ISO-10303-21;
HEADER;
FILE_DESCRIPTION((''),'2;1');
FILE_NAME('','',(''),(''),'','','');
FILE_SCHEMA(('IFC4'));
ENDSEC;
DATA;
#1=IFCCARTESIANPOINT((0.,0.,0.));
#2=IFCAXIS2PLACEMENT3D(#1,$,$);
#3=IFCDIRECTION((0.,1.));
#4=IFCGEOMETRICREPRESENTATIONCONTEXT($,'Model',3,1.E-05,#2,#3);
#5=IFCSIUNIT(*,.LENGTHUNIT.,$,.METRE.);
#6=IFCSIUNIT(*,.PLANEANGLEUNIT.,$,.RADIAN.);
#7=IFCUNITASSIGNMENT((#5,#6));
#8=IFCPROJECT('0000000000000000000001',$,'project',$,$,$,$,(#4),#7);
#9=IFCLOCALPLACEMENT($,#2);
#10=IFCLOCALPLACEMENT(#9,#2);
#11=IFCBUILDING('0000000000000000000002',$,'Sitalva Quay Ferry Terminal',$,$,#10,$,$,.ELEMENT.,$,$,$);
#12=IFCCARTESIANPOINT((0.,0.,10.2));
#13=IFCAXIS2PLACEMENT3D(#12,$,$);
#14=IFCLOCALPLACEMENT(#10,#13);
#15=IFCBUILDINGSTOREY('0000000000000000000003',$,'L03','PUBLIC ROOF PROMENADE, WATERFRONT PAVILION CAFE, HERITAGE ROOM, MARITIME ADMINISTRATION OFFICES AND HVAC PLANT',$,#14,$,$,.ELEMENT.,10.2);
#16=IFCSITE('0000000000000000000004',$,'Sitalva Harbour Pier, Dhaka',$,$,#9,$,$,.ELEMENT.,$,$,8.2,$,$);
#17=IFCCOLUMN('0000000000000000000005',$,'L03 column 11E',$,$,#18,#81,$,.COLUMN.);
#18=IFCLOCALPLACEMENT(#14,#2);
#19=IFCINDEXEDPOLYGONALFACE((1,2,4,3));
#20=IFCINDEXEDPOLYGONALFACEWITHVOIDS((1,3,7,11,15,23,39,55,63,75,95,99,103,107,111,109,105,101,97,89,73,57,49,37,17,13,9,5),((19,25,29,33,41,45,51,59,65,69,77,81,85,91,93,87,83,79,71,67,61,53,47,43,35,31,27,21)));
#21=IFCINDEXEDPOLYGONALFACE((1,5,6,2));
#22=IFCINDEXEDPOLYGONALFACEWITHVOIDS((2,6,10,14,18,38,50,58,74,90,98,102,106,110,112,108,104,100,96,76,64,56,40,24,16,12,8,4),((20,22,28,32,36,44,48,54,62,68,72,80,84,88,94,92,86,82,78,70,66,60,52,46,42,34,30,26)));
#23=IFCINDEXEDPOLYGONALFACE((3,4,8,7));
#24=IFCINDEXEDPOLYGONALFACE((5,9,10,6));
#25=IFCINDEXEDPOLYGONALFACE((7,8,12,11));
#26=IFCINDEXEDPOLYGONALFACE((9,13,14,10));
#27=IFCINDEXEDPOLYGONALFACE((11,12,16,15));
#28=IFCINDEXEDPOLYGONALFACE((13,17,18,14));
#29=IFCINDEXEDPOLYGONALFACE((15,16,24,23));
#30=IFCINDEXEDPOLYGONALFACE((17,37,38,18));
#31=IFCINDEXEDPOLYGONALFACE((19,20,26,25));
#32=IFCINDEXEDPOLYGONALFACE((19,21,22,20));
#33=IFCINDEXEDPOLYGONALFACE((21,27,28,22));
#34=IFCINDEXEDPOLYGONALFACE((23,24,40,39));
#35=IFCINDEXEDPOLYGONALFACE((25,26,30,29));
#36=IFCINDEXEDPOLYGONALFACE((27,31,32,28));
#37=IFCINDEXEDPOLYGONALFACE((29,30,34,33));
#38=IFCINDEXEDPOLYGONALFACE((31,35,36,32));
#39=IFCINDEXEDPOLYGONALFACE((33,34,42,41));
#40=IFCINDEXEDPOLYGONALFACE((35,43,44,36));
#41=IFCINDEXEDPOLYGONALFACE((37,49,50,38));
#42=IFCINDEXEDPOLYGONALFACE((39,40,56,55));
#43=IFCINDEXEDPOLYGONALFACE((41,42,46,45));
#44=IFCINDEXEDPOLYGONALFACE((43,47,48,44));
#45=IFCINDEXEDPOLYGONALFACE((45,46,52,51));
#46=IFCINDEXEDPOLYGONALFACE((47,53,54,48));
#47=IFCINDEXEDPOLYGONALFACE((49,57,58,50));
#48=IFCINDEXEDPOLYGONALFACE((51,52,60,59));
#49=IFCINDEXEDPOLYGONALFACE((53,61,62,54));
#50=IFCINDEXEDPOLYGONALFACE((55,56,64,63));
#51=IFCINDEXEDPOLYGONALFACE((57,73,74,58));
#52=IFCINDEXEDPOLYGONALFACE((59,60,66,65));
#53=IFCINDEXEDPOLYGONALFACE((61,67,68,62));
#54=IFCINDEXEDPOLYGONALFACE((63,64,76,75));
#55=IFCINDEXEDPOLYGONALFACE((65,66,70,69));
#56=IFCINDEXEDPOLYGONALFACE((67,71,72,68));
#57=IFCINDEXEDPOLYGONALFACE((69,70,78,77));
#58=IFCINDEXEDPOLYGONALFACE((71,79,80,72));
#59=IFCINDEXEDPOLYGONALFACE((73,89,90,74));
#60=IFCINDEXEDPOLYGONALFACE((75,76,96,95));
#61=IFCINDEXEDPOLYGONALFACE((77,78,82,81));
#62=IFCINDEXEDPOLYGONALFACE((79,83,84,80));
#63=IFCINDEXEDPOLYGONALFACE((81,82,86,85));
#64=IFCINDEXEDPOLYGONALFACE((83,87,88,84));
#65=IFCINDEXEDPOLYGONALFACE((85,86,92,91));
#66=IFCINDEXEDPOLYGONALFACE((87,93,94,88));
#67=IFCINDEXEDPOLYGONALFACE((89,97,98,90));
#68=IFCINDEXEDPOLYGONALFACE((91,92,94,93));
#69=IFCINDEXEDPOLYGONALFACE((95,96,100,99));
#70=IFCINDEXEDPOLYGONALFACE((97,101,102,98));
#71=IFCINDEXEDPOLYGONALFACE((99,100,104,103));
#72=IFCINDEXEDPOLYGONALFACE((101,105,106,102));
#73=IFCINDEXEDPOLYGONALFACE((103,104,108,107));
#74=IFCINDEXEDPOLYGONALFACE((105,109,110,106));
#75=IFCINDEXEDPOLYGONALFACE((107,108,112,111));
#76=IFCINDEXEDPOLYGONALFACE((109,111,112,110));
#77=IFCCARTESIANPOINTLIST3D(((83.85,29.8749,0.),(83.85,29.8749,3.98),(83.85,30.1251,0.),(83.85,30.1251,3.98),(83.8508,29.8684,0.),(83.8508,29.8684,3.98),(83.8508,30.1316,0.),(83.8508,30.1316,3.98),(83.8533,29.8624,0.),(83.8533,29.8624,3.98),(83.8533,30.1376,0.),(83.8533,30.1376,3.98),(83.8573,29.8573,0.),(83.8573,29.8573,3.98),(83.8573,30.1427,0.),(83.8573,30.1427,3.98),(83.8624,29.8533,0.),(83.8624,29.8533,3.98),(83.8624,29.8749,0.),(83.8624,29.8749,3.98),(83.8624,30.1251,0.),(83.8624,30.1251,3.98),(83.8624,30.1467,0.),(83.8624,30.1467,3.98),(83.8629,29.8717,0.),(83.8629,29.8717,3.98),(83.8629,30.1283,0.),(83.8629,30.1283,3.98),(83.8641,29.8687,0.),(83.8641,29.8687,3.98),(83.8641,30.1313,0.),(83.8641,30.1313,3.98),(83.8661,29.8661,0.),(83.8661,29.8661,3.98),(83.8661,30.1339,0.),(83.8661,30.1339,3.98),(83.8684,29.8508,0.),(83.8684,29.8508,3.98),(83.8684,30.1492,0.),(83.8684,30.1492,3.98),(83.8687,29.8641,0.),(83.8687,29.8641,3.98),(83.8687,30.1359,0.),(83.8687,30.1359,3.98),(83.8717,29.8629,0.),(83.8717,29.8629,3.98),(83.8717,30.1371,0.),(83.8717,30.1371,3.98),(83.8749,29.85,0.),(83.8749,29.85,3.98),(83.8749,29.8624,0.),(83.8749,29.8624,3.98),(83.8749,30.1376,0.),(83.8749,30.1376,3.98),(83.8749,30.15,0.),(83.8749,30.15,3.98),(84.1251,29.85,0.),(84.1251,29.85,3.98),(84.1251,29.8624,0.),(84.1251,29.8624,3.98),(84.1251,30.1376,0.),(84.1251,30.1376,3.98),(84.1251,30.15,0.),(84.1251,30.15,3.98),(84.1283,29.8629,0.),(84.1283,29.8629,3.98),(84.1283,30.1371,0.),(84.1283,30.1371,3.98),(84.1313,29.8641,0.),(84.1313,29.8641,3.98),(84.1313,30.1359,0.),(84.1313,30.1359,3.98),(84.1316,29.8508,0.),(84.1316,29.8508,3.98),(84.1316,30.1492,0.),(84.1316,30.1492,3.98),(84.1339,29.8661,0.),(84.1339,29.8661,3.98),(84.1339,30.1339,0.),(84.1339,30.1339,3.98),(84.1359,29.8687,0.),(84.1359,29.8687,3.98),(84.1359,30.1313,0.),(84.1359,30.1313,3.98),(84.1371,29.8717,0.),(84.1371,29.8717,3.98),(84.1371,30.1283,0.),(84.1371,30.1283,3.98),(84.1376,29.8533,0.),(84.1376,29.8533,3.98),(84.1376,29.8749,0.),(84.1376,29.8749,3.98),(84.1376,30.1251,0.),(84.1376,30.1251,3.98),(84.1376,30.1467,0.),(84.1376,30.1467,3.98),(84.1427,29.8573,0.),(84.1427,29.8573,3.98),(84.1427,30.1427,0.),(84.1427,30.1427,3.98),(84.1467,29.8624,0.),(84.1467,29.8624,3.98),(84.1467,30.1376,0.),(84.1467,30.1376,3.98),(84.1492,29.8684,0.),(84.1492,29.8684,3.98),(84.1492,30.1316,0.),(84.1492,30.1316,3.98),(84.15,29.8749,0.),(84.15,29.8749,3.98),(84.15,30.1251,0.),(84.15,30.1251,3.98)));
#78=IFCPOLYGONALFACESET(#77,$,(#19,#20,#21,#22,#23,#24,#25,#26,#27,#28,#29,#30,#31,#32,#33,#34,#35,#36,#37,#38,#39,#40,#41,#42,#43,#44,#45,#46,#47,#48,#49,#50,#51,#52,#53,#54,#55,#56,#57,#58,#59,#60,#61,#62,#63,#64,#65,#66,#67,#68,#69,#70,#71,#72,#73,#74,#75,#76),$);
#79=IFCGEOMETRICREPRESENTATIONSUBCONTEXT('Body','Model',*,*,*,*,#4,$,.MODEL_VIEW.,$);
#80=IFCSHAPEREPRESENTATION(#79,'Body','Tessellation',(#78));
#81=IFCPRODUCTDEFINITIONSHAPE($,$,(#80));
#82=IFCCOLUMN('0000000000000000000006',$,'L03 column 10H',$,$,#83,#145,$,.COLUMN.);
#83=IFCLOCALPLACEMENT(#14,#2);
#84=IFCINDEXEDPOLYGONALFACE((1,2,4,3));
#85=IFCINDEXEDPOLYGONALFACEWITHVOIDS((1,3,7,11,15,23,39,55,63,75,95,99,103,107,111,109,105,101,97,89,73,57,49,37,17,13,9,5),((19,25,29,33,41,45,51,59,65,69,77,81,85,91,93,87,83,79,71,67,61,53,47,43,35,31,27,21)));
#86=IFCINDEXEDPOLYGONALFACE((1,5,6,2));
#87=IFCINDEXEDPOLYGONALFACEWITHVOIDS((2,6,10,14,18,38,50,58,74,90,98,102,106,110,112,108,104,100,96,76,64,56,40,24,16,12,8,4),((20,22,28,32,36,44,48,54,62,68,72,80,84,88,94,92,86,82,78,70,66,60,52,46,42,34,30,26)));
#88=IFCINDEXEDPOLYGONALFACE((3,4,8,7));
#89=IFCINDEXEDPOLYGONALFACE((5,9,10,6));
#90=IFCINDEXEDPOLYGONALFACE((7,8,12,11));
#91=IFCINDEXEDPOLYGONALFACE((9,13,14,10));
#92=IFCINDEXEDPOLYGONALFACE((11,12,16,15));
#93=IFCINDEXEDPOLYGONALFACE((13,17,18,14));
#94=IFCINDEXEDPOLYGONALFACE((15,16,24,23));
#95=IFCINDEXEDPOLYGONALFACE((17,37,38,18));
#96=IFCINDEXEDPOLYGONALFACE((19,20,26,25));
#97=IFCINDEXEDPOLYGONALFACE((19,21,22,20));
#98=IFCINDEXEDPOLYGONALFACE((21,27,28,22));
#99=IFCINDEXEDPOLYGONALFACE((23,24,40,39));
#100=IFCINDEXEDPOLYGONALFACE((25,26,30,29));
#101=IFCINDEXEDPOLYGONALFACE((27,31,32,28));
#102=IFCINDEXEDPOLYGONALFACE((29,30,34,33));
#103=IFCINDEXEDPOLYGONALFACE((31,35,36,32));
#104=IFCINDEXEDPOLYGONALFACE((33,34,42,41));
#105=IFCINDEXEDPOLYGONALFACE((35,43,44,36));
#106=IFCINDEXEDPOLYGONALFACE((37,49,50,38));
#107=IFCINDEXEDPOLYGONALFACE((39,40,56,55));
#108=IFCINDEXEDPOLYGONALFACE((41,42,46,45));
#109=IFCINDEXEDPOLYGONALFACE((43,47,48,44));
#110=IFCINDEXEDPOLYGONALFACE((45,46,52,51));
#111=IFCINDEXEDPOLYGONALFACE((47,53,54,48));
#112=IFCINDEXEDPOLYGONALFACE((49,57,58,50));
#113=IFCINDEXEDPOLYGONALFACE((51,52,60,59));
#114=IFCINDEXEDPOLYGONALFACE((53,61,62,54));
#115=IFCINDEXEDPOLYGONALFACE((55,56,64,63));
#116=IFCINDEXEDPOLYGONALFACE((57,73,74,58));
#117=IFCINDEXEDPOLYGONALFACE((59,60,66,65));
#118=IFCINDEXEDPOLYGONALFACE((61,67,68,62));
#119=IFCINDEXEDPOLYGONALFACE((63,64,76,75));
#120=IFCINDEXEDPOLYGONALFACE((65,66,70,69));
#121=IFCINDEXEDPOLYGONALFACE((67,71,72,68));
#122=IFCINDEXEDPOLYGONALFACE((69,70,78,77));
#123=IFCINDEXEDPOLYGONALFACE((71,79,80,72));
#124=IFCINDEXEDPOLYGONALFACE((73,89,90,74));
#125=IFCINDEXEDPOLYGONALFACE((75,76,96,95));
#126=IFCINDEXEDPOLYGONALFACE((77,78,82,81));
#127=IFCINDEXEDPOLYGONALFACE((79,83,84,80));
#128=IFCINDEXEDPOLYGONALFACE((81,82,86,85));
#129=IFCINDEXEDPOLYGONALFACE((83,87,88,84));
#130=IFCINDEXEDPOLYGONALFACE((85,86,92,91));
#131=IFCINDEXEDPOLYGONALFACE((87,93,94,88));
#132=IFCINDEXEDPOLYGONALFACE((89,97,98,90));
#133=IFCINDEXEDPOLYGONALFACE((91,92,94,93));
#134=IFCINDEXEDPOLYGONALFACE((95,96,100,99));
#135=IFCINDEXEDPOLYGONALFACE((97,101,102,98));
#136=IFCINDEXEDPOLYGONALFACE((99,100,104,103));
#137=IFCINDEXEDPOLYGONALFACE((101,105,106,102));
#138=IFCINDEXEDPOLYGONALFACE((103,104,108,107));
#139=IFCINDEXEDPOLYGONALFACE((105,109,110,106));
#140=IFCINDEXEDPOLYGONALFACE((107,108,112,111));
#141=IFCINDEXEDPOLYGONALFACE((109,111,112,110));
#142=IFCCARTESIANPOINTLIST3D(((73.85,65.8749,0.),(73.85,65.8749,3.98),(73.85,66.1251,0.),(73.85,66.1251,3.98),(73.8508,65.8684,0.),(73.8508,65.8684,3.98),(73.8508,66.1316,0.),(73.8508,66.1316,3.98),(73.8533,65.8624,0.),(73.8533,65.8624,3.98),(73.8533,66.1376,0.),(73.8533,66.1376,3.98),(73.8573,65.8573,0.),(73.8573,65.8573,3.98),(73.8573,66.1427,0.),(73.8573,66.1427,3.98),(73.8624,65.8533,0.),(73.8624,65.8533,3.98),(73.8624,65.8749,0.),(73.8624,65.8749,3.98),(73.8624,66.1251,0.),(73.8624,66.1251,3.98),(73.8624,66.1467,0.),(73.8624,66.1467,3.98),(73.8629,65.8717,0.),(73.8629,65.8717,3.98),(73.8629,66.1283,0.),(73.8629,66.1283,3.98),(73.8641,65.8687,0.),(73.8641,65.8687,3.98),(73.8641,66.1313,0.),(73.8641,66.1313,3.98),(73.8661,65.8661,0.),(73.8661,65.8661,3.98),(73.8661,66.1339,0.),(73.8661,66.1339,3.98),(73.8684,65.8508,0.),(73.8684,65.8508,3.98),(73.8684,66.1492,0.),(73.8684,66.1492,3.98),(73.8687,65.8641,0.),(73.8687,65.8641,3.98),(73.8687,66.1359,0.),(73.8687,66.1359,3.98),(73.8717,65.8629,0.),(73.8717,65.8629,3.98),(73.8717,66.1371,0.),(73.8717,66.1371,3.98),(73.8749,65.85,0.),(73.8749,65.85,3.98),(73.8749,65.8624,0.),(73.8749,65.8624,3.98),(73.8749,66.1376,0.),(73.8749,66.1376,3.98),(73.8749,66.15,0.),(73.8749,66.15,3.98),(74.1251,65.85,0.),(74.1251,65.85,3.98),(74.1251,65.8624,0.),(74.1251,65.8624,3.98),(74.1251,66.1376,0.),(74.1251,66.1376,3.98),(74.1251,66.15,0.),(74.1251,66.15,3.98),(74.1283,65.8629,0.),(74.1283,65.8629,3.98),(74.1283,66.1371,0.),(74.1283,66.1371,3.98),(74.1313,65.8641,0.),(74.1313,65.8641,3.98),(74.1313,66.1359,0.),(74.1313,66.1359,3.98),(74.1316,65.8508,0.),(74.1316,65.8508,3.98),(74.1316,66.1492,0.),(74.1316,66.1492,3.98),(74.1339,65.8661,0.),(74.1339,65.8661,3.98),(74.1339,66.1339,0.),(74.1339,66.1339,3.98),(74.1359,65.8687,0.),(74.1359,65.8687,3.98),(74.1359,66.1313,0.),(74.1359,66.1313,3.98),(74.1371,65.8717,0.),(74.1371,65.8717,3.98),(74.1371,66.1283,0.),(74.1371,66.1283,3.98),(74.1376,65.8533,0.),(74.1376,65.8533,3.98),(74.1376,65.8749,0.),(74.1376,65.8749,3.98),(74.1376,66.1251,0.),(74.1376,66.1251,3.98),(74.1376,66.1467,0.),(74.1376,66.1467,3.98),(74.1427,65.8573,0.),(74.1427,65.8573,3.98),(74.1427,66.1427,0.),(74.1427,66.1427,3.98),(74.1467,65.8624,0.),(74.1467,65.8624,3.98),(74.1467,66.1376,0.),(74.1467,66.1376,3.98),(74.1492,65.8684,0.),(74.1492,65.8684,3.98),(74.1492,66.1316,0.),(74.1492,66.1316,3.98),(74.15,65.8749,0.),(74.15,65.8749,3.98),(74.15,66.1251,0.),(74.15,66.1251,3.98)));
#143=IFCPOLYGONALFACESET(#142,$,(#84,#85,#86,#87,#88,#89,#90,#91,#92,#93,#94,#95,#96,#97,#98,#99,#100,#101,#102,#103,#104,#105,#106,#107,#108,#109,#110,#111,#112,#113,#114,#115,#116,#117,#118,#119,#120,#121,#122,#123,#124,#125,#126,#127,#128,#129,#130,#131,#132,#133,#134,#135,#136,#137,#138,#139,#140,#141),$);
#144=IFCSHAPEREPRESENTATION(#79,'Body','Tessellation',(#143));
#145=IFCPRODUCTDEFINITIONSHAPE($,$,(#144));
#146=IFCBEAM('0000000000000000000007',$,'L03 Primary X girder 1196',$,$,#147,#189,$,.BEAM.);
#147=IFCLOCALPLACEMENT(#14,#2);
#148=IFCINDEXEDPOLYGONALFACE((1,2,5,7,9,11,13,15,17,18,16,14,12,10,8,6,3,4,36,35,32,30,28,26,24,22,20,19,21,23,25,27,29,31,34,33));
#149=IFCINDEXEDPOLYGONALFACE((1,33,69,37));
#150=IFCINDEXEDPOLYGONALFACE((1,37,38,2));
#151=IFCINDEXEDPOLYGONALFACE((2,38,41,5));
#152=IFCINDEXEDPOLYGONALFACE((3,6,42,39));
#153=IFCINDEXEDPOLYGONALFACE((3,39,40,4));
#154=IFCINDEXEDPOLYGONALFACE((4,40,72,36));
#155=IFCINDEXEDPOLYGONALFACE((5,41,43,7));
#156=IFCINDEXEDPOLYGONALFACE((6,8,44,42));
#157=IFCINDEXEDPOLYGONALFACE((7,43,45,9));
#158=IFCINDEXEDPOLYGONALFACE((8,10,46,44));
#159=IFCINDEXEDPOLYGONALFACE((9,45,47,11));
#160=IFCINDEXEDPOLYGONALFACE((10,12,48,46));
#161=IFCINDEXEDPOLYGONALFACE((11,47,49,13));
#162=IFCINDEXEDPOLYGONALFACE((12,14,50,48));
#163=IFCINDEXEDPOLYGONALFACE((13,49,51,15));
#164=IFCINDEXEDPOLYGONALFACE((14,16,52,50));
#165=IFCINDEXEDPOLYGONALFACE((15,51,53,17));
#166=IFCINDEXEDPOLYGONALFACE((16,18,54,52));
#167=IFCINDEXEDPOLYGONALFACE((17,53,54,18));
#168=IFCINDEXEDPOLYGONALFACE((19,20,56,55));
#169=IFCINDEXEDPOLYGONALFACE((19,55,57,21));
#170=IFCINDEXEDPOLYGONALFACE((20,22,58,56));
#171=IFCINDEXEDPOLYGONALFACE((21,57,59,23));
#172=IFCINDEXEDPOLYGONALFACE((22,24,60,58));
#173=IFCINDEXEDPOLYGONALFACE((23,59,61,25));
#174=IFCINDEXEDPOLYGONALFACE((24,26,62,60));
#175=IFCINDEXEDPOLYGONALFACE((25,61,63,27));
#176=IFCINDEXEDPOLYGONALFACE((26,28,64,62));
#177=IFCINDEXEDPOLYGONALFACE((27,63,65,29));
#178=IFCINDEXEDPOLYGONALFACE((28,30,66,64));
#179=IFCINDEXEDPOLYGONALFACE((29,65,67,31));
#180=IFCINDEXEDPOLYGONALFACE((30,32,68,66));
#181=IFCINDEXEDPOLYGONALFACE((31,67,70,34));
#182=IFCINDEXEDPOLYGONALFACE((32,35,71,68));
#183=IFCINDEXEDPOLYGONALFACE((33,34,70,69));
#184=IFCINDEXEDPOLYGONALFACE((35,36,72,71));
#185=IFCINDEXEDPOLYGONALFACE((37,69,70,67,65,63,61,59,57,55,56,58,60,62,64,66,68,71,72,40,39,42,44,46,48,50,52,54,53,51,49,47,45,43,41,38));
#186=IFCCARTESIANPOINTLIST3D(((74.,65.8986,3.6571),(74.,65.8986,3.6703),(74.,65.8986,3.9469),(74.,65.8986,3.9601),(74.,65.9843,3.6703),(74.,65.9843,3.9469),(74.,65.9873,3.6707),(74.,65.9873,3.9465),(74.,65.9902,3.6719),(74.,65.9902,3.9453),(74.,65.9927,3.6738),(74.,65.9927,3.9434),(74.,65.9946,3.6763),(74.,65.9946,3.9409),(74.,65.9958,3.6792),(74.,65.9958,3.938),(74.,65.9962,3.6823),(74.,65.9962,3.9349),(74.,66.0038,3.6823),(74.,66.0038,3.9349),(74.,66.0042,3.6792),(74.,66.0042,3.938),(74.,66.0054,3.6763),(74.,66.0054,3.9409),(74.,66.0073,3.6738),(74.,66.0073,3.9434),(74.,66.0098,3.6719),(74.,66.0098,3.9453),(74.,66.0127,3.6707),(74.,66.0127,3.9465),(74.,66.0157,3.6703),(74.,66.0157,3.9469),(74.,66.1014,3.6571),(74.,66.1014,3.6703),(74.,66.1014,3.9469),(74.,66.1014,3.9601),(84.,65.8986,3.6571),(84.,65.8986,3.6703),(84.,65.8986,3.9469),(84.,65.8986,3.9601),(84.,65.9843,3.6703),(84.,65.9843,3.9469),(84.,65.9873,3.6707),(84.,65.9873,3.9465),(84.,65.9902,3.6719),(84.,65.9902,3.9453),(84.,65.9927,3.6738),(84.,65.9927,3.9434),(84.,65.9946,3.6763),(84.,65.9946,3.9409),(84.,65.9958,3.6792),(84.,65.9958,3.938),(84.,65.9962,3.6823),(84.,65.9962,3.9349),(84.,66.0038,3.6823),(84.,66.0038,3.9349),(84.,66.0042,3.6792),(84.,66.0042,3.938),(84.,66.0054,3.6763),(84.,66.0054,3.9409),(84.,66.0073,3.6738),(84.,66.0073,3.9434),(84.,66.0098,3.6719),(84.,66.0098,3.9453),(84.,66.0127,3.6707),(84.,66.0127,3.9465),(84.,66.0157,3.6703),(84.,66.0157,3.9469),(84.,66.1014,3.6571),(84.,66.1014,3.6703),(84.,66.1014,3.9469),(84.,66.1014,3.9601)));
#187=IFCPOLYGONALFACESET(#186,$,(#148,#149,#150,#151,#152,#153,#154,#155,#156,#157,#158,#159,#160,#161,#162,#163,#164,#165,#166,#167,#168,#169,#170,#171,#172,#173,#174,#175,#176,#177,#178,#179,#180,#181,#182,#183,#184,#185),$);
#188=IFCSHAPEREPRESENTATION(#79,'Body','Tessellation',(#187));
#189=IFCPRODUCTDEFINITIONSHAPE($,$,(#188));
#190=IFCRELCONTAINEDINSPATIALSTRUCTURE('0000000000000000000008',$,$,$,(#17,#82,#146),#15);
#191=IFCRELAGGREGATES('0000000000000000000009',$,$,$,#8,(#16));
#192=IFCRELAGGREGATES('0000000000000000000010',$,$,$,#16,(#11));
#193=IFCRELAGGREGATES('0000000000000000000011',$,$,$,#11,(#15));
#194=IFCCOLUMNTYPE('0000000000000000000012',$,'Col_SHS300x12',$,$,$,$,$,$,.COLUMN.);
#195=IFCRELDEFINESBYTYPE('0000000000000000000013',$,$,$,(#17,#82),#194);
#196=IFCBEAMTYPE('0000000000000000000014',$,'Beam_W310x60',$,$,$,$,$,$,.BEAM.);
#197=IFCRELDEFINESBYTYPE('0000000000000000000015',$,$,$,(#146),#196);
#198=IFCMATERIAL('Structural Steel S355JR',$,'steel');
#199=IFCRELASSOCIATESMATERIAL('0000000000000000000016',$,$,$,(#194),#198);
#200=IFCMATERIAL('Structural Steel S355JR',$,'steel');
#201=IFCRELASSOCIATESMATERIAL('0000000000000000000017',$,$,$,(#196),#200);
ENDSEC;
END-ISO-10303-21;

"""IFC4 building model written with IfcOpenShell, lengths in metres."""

from ifc_helpers import new_model, si_unit, direction, frame, origin, origin_2d, place, context, subcontext, project, spatial, hollow_rectangle, i_section, extrude, material, material_profile, profile_set, type_object, element, save


model = new_model("IFC4")

# Units and contexts
model_context = context("Model", 3, precision=1e-05, world=origin(), true_north=direction((0.0, 1.0)))
body_context = subcontext(model_context, "Body", "Model", "MODEL_VIEW")
ifc_project = project(units=[si_unit("LENGTHUNIT", "METRE"), si_unit("PLANEANGLEUNIT", "RADIAN")], contexts=[model_context])

# Site, building, storey
site_placement = place(None, origin())
site = spatial("IfcSite", under=ifc_project, at=site_placement, Name="Sitalva Harbour Pier, Dhaka", CompositionType="ELEMENT", RefElevation=8.2)
building_placement = place(site_placement, origin())
building = spatial("IfcBuilding", under=site, at=building_placement, Name="Sitalva Quay Ferry Terminal", CompositionType="ELEMENT")
storey_placement = place(building_placement, frame((0.0, 0.0, 10.2)))
storey = spatial("IfcBuildingStorey", under=building, at=storey_placement, Name="L03", Description="PUBLIC ROOF PROMENADE, WATERFRONT PAVILION CAFE, HERITAGE ROOM, MARITIME ADMINISTRATION OFFICES AND HVAC PLANT", CompositionType="ELEMENT", Elevation=10.2)

# Columns
ifc_material_1 = material(Name="Structural Steel S355JR", Category="steel")
ifc_material_profile_1 = material_profile(ifc_material_1, hollow_rectangle(XDim=0.3, YDim=0.3, WallThickness=0.0125, InnerFilletRadius=0.0125, OuterFilletRadius=0.0249, at=origin_2d()), Name="SHS300x300x12.5")
ifc_profile_set_1 = profile_set([ifc_material_profile_1], Name="Structural Steel S355JR")
column_type = type_object("IfcColumnType", Name="Col_SHS300x12", PredefinedType="COLUMN", material=ifc_profile_set_1)
for number, where, z_axis, x_axis, name in (
    (1, (84.0, 30.0, 0.0), (0.0, 0.0, 1.0), (1.0, 0.0, 0.0), "L03 column 11E"),
    (2, (74.0, 66.0, 0.0), (0.0, 0.0, 1.0), (1.0, 0.0, 0.0), "L03 column 10H"),
):
    element("IfcColumn", number, at=place(storey_placement, frame(where, z_axis=z_axis, x_axis=x_axis)), inside=storey, type_object=column_type, Name=name, PredefinedType="COLUMN", context=body_context, shape_type="SweptSolid", body=[
        extrude(hollow_rectangle(XDim=0.3, YDim=0.3, WallThickness=0.0125, InnerFilletRadius=0.0125, OuterFilletRadius=0.0249, at=origin_2d()), origin(), (0.0, 0.0, 1.0), 3.98),
    ])

# Beam
ifc_material_2 = material(Name="Structural Steel S355JR", Category="steel")
ifc_material_profile_2 = material_profile(ifc_material_2, i_section(OverallWidth=0.2029, OverallDepth=0.303, WebThickness=0.0076, FlangeThickness=0.0132, FilletRadius=0.012, at=origin_2d()), Name="W310x60")
ifc_profile_set_2 = profile_set([ifc_material_profile_2], Name="Structural Steel S355JR")
beam_type = type_object("IfcBeamType", Name="Beam_W310x60", PredefinedType="BEAM", material=ifc_profile_set_2)
beam_1_placement = place(storey_placement, frame((74.0, 66.0, 3.8086), z_axis=(1.0, 0.0, 0.0), x_axis=(0.0, 1.0, 0.0)))
element("IfcBeam", 3, at=beam_1_placement, inside=storey, type_object=beam_type, Name="L03 Primary X girder 1196", PredefinedType="BEAM", context=body_context, shape_type="SweptSolid", body=[
    extrude(i_section(OverallWidth=0.2029, OverallDepth=0.303, WebThickness=0.0076, FlangeThickness=0.0132, FilletRadius=0.012, at=origin_2d()), origin(), (0.0, 0.0, 1.0), 10.0),
])

save(model, "model.ifc")
